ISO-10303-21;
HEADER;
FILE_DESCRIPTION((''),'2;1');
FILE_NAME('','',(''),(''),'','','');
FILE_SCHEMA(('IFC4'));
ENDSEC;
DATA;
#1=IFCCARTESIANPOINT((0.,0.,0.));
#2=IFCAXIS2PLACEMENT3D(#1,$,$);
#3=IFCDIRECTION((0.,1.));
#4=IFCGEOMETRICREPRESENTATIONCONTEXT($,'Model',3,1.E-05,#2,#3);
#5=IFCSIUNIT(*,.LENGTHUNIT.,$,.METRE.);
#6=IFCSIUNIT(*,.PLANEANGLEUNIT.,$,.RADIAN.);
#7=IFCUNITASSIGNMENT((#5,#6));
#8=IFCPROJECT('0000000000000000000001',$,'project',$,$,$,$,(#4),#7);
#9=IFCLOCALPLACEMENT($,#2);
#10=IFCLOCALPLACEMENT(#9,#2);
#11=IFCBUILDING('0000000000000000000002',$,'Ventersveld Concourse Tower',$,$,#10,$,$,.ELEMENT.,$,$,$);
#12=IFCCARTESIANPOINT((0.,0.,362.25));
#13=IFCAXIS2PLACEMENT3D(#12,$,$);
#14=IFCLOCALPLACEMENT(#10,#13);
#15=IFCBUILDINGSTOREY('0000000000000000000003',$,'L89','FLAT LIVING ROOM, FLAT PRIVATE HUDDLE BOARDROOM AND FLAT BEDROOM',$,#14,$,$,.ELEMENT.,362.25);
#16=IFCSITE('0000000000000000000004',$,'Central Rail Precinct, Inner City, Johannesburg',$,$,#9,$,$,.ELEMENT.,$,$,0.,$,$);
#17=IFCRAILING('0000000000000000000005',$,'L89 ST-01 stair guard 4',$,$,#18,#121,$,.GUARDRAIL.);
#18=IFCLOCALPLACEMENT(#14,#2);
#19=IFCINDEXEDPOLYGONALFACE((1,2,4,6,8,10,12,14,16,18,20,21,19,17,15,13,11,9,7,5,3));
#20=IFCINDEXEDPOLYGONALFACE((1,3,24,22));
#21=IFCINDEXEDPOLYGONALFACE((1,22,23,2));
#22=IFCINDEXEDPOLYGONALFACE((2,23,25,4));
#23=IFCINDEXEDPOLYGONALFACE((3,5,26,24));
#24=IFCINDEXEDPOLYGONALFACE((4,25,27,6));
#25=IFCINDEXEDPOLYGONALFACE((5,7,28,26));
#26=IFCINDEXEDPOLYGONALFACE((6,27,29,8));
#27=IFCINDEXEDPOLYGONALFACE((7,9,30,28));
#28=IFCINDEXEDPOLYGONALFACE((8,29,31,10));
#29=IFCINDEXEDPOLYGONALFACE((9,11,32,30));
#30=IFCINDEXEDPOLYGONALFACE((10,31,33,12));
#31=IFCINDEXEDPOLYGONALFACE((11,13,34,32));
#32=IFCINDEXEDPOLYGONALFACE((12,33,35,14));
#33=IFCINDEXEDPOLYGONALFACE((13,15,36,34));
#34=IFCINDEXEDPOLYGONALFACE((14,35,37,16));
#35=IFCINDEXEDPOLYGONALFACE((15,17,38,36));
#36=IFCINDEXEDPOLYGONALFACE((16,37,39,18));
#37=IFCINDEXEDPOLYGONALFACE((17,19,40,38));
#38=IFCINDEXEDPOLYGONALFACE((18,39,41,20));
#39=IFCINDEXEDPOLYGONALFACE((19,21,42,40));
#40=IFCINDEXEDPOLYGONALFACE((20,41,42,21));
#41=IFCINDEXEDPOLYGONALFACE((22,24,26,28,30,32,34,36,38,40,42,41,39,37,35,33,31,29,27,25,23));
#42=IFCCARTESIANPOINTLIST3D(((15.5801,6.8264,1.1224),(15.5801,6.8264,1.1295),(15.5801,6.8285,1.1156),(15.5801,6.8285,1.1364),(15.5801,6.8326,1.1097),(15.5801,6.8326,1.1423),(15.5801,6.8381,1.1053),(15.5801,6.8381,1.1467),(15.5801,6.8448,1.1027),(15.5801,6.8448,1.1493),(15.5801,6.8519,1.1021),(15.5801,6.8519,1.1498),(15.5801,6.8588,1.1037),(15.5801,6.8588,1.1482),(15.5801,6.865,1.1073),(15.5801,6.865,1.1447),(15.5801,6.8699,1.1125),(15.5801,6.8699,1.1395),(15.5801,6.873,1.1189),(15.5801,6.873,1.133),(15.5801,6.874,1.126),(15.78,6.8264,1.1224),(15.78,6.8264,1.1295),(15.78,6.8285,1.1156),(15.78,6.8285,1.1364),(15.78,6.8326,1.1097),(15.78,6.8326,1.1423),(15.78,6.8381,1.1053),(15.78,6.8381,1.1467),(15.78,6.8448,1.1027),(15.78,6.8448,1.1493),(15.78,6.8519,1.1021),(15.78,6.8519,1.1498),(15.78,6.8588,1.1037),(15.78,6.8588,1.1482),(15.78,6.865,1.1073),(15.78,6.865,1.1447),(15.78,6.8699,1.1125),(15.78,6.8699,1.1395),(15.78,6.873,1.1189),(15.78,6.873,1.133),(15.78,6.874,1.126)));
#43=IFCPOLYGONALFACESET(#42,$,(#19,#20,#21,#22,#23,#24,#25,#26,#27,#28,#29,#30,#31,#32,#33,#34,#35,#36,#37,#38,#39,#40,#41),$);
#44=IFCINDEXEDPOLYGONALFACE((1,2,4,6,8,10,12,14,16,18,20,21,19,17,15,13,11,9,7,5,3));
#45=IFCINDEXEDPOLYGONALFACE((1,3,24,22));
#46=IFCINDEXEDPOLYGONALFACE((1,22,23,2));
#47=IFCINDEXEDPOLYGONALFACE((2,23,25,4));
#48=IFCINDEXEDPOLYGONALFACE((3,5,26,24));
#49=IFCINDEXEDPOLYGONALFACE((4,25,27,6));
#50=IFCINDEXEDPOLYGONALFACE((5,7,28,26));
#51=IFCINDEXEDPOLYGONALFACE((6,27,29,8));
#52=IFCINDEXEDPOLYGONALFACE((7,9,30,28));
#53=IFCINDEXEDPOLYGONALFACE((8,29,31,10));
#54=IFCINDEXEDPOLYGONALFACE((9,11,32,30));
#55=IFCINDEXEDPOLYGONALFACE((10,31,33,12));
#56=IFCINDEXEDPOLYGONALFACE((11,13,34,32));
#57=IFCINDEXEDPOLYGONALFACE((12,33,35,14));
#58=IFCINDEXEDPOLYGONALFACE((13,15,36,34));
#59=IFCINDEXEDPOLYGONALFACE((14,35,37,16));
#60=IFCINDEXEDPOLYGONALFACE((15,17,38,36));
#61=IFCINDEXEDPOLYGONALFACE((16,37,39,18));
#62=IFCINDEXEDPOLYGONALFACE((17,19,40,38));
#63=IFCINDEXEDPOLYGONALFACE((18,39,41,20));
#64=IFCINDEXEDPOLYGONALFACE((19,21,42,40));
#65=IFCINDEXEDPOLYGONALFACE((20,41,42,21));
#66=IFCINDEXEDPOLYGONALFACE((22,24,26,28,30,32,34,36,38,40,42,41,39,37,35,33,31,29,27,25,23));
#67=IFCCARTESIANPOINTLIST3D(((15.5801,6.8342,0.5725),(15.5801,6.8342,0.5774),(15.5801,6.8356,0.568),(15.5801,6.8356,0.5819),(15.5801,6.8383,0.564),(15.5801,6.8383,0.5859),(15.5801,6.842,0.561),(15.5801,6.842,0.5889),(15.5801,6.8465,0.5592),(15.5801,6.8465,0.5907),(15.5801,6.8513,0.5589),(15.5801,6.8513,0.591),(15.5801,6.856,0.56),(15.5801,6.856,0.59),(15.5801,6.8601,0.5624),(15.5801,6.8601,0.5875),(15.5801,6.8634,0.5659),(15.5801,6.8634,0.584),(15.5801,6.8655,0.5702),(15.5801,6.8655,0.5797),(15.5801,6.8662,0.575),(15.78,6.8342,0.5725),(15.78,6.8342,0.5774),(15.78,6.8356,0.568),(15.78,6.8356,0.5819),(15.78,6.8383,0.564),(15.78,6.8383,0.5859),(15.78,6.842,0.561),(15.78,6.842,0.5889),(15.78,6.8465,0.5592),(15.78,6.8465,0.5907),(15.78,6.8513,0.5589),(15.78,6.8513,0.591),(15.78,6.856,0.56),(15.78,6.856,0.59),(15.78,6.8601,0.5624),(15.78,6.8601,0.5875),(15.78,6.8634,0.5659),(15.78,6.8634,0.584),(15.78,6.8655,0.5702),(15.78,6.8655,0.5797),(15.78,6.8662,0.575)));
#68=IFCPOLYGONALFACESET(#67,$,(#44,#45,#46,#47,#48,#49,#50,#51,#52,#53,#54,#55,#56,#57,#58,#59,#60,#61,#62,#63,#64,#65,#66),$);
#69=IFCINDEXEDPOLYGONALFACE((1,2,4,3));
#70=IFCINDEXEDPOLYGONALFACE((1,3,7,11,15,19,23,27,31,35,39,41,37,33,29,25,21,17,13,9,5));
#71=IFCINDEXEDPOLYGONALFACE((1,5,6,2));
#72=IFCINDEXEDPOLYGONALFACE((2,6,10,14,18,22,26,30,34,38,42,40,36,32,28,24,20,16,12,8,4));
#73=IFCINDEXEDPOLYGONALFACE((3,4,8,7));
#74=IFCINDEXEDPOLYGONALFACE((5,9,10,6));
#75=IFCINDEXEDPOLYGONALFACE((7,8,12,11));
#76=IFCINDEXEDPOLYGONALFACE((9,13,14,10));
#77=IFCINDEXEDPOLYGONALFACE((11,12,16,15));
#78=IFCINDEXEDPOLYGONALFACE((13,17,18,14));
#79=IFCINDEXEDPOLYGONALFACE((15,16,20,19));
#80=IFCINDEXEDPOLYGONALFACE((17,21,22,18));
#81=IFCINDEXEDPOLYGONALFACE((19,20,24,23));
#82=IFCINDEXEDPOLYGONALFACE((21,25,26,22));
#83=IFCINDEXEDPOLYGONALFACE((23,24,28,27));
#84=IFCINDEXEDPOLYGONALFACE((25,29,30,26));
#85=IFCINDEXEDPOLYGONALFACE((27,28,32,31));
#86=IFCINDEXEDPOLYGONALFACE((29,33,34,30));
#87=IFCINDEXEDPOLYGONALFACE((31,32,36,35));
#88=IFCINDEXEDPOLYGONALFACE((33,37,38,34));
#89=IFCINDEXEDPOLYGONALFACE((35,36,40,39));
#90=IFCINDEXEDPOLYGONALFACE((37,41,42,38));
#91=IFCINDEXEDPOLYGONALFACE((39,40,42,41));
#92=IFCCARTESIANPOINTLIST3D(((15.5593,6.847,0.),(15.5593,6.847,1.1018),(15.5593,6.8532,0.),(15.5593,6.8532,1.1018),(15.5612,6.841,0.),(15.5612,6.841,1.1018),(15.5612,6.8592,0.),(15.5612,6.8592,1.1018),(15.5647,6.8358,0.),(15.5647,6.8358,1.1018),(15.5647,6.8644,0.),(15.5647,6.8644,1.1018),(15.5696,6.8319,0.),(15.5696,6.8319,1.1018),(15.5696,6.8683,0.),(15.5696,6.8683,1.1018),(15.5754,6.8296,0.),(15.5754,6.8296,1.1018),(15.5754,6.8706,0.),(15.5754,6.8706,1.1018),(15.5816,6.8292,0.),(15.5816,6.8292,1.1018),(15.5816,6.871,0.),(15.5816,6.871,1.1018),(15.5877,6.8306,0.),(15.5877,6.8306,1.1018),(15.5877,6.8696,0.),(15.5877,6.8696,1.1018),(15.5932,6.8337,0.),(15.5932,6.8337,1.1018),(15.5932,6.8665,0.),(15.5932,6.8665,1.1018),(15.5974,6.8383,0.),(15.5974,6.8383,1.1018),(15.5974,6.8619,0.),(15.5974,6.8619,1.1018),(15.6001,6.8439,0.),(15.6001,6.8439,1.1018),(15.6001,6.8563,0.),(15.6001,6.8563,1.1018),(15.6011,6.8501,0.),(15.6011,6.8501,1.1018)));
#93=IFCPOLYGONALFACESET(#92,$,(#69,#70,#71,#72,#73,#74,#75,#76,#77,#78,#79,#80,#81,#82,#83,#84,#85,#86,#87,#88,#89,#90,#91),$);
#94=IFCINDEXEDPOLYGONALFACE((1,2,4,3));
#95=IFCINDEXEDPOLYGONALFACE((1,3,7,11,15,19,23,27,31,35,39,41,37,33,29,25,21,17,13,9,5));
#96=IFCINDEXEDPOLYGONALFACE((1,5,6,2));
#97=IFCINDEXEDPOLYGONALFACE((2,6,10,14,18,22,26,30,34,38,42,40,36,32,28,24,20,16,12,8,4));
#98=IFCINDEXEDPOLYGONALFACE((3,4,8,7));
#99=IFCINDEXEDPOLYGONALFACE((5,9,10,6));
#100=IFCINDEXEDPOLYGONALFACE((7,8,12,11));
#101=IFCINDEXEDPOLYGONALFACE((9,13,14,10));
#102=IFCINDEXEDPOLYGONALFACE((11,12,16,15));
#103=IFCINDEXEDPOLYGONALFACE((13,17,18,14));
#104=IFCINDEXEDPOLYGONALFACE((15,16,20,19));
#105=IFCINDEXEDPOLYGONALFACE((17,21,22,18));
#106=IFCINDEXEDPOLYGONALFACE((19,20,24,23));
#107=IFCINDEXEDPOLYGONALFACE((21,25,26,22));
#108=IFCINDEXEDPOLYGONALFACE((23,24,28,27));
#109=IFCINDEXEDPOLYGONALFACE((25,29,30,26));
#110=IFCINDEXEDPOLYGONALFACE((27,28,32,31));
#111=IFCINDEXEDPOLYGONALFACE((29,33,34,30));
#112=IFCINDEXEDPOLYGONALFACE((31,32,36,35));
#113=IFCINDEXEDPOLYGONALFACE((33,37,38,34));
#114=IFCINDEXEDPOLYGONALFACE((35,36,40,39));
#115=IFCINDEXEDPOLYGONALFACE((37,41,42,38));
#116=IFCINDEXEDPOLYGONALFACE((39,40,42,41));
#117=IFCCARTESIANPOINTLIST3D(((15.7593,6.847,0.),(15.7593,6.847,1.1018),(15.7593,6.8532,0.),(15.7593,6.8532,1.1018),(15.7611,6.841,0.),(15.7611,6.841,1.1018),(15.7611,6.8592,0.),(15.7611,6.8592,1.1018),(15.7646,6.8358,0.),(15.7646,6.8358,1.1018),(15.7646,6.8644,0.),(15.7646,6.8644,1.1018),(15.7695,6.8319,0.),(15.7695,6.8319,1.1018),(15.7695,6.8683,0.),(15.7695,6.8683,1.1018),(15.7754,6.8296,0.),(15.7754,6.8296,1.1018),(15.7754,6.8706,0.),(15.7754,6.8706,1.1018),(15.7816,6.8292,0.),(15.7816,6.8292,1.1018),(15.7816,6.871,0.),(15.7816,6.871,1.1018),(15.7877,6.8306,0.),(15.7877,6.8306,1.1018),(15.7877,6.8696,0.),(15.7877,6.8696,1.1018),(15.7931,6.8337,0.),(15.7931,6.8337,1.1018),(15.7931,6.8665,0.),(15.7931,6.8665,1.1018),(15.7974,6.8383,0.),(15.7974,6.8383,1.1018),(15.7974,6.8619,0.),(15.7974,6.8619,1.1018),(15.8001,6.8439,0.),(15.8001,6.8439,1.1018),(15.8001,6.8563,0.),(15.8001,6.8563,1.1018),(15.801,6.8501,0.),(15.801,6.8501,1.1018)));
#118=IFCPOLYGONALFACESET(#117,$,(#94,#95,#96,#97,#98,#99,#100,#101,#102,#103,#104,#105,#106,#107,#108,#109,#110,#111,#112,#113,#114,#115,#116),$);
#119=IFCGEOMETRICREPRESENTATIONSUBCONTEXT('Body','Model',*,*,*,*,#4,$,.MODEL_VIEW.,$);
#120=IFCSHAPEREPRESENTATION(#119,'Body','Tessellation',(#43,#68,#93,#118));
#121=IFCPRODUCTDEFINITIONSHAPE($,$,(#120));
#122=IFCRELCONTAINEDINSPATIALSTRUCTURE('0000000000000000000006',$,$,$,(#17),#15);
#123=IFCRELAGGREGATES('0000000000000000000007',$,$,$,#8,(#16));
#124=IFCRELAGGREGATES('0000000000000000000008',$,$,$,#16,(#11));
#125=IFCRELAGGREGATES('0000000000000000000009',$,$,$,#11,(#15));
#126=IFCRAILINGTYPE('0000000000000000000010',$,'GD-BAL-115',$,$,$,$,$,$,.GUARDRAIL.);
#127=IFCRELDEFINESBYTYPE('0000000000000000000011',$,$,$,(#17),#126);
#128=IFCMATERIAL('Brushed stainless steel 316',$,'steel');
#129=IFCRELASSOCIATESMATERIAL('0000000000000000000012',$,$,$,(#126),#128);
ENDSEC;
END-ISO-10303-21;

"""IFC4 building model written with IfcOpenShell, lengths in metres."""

from ifc_helpers import new_model, si_unit, direction, frame, origin, origin_2d, place, context, subcontext, project, spatial, circle, extrude, material, type_object, element, save


model = new_model("IFC4")

# Units and contexts
model_context = context("Model", 3, precision=1e-05, world=origin(), true_north=direction((0.0, 1.0)))
body_context = subcontext(model_context, "Body", "Model", "MODEL_VIEW")
ifc_project = project(units=[si_unit("LENGTHUNIT", "METRE"), si_unit("PLANEANGLEUNIT", "RADIAN")], contexts=[model_context])

# Site, building, storey
site_placement = place(None, origin())
site = spatial("IfcSite", under=ifc_project, at=site_placement, Name="Central Rail Precinct, Inner City, Johannesburg", CompositionType="ELEMENT", RefElevation=0.0)
building_placement = place(site_placement, origin())
building = spatial("IfcBuilding", under=site, at=building_placement, Name="Ventersveld Concourse Tower", CompositionType="ELEMENT")
storey_placement = place(building_placement, frame((0.0, 0.0, 362.25)))
storey = spatial("IfcBuildingStorey", under=building, at=storey_placement, Name="L89", Description="FLAT LIVING ROOM, FLAT PRIVATE HUDDLE BOARDROOM AND FLAT BEDROOM", CompositionType="ELEMENT", Elevation=362.25)

# Shared definitions
ifc_material_1 = material(Name="Brushed stainless steel 316", Category="steel")

# Railing
railing_type_1 = type_object("IfcRailingType", Name="GD-BAL-115", PredefinedType="GUARDRAIL", material=ifc_material_1)
railing_1_placement = place(storey_placement, frame((15.5801, 6.8501, 0.0)))
element("IfcRailing", 1, at=railing_1_placement, inside=storey, type_object=railing_type_1, Name="L89 ST-01 stair guard 4", PredefinedType="GUARDRAIL", context=body_context, shape_type="SweptSolid", body=[
    extrude(circle(Radius=0.0239, at=origin_2d()), frame((0.0, 0.0, 1.126), z_axis=(1.0, 0.0, 0.0), x_axis=(0.0, 1.0, 0.0)), (0.0, 0.0, 1.0), 0.2),
    extrude(circle(Radius=0.0161, at=origin_2d()), frame((0.0, 0.0, 0.575), z_axis=(1.0, 0.0, 0.0), x_axis=(0.0, 1.0, 0.0)), (0.0, 0.0, 1.0), 0.2),
    extrude(circle(Radius=0.021, at=origin_2d()), origin(), (0.0, 0.0, 1.0), 1.1018),
    extrude(circle(Radius=0.021, at=origin_2d()), frame((0.2, 0.0, 0.0)), (0.0, 0.0, 1.0), 1.1018),
])

save(model, "model.ifc")
